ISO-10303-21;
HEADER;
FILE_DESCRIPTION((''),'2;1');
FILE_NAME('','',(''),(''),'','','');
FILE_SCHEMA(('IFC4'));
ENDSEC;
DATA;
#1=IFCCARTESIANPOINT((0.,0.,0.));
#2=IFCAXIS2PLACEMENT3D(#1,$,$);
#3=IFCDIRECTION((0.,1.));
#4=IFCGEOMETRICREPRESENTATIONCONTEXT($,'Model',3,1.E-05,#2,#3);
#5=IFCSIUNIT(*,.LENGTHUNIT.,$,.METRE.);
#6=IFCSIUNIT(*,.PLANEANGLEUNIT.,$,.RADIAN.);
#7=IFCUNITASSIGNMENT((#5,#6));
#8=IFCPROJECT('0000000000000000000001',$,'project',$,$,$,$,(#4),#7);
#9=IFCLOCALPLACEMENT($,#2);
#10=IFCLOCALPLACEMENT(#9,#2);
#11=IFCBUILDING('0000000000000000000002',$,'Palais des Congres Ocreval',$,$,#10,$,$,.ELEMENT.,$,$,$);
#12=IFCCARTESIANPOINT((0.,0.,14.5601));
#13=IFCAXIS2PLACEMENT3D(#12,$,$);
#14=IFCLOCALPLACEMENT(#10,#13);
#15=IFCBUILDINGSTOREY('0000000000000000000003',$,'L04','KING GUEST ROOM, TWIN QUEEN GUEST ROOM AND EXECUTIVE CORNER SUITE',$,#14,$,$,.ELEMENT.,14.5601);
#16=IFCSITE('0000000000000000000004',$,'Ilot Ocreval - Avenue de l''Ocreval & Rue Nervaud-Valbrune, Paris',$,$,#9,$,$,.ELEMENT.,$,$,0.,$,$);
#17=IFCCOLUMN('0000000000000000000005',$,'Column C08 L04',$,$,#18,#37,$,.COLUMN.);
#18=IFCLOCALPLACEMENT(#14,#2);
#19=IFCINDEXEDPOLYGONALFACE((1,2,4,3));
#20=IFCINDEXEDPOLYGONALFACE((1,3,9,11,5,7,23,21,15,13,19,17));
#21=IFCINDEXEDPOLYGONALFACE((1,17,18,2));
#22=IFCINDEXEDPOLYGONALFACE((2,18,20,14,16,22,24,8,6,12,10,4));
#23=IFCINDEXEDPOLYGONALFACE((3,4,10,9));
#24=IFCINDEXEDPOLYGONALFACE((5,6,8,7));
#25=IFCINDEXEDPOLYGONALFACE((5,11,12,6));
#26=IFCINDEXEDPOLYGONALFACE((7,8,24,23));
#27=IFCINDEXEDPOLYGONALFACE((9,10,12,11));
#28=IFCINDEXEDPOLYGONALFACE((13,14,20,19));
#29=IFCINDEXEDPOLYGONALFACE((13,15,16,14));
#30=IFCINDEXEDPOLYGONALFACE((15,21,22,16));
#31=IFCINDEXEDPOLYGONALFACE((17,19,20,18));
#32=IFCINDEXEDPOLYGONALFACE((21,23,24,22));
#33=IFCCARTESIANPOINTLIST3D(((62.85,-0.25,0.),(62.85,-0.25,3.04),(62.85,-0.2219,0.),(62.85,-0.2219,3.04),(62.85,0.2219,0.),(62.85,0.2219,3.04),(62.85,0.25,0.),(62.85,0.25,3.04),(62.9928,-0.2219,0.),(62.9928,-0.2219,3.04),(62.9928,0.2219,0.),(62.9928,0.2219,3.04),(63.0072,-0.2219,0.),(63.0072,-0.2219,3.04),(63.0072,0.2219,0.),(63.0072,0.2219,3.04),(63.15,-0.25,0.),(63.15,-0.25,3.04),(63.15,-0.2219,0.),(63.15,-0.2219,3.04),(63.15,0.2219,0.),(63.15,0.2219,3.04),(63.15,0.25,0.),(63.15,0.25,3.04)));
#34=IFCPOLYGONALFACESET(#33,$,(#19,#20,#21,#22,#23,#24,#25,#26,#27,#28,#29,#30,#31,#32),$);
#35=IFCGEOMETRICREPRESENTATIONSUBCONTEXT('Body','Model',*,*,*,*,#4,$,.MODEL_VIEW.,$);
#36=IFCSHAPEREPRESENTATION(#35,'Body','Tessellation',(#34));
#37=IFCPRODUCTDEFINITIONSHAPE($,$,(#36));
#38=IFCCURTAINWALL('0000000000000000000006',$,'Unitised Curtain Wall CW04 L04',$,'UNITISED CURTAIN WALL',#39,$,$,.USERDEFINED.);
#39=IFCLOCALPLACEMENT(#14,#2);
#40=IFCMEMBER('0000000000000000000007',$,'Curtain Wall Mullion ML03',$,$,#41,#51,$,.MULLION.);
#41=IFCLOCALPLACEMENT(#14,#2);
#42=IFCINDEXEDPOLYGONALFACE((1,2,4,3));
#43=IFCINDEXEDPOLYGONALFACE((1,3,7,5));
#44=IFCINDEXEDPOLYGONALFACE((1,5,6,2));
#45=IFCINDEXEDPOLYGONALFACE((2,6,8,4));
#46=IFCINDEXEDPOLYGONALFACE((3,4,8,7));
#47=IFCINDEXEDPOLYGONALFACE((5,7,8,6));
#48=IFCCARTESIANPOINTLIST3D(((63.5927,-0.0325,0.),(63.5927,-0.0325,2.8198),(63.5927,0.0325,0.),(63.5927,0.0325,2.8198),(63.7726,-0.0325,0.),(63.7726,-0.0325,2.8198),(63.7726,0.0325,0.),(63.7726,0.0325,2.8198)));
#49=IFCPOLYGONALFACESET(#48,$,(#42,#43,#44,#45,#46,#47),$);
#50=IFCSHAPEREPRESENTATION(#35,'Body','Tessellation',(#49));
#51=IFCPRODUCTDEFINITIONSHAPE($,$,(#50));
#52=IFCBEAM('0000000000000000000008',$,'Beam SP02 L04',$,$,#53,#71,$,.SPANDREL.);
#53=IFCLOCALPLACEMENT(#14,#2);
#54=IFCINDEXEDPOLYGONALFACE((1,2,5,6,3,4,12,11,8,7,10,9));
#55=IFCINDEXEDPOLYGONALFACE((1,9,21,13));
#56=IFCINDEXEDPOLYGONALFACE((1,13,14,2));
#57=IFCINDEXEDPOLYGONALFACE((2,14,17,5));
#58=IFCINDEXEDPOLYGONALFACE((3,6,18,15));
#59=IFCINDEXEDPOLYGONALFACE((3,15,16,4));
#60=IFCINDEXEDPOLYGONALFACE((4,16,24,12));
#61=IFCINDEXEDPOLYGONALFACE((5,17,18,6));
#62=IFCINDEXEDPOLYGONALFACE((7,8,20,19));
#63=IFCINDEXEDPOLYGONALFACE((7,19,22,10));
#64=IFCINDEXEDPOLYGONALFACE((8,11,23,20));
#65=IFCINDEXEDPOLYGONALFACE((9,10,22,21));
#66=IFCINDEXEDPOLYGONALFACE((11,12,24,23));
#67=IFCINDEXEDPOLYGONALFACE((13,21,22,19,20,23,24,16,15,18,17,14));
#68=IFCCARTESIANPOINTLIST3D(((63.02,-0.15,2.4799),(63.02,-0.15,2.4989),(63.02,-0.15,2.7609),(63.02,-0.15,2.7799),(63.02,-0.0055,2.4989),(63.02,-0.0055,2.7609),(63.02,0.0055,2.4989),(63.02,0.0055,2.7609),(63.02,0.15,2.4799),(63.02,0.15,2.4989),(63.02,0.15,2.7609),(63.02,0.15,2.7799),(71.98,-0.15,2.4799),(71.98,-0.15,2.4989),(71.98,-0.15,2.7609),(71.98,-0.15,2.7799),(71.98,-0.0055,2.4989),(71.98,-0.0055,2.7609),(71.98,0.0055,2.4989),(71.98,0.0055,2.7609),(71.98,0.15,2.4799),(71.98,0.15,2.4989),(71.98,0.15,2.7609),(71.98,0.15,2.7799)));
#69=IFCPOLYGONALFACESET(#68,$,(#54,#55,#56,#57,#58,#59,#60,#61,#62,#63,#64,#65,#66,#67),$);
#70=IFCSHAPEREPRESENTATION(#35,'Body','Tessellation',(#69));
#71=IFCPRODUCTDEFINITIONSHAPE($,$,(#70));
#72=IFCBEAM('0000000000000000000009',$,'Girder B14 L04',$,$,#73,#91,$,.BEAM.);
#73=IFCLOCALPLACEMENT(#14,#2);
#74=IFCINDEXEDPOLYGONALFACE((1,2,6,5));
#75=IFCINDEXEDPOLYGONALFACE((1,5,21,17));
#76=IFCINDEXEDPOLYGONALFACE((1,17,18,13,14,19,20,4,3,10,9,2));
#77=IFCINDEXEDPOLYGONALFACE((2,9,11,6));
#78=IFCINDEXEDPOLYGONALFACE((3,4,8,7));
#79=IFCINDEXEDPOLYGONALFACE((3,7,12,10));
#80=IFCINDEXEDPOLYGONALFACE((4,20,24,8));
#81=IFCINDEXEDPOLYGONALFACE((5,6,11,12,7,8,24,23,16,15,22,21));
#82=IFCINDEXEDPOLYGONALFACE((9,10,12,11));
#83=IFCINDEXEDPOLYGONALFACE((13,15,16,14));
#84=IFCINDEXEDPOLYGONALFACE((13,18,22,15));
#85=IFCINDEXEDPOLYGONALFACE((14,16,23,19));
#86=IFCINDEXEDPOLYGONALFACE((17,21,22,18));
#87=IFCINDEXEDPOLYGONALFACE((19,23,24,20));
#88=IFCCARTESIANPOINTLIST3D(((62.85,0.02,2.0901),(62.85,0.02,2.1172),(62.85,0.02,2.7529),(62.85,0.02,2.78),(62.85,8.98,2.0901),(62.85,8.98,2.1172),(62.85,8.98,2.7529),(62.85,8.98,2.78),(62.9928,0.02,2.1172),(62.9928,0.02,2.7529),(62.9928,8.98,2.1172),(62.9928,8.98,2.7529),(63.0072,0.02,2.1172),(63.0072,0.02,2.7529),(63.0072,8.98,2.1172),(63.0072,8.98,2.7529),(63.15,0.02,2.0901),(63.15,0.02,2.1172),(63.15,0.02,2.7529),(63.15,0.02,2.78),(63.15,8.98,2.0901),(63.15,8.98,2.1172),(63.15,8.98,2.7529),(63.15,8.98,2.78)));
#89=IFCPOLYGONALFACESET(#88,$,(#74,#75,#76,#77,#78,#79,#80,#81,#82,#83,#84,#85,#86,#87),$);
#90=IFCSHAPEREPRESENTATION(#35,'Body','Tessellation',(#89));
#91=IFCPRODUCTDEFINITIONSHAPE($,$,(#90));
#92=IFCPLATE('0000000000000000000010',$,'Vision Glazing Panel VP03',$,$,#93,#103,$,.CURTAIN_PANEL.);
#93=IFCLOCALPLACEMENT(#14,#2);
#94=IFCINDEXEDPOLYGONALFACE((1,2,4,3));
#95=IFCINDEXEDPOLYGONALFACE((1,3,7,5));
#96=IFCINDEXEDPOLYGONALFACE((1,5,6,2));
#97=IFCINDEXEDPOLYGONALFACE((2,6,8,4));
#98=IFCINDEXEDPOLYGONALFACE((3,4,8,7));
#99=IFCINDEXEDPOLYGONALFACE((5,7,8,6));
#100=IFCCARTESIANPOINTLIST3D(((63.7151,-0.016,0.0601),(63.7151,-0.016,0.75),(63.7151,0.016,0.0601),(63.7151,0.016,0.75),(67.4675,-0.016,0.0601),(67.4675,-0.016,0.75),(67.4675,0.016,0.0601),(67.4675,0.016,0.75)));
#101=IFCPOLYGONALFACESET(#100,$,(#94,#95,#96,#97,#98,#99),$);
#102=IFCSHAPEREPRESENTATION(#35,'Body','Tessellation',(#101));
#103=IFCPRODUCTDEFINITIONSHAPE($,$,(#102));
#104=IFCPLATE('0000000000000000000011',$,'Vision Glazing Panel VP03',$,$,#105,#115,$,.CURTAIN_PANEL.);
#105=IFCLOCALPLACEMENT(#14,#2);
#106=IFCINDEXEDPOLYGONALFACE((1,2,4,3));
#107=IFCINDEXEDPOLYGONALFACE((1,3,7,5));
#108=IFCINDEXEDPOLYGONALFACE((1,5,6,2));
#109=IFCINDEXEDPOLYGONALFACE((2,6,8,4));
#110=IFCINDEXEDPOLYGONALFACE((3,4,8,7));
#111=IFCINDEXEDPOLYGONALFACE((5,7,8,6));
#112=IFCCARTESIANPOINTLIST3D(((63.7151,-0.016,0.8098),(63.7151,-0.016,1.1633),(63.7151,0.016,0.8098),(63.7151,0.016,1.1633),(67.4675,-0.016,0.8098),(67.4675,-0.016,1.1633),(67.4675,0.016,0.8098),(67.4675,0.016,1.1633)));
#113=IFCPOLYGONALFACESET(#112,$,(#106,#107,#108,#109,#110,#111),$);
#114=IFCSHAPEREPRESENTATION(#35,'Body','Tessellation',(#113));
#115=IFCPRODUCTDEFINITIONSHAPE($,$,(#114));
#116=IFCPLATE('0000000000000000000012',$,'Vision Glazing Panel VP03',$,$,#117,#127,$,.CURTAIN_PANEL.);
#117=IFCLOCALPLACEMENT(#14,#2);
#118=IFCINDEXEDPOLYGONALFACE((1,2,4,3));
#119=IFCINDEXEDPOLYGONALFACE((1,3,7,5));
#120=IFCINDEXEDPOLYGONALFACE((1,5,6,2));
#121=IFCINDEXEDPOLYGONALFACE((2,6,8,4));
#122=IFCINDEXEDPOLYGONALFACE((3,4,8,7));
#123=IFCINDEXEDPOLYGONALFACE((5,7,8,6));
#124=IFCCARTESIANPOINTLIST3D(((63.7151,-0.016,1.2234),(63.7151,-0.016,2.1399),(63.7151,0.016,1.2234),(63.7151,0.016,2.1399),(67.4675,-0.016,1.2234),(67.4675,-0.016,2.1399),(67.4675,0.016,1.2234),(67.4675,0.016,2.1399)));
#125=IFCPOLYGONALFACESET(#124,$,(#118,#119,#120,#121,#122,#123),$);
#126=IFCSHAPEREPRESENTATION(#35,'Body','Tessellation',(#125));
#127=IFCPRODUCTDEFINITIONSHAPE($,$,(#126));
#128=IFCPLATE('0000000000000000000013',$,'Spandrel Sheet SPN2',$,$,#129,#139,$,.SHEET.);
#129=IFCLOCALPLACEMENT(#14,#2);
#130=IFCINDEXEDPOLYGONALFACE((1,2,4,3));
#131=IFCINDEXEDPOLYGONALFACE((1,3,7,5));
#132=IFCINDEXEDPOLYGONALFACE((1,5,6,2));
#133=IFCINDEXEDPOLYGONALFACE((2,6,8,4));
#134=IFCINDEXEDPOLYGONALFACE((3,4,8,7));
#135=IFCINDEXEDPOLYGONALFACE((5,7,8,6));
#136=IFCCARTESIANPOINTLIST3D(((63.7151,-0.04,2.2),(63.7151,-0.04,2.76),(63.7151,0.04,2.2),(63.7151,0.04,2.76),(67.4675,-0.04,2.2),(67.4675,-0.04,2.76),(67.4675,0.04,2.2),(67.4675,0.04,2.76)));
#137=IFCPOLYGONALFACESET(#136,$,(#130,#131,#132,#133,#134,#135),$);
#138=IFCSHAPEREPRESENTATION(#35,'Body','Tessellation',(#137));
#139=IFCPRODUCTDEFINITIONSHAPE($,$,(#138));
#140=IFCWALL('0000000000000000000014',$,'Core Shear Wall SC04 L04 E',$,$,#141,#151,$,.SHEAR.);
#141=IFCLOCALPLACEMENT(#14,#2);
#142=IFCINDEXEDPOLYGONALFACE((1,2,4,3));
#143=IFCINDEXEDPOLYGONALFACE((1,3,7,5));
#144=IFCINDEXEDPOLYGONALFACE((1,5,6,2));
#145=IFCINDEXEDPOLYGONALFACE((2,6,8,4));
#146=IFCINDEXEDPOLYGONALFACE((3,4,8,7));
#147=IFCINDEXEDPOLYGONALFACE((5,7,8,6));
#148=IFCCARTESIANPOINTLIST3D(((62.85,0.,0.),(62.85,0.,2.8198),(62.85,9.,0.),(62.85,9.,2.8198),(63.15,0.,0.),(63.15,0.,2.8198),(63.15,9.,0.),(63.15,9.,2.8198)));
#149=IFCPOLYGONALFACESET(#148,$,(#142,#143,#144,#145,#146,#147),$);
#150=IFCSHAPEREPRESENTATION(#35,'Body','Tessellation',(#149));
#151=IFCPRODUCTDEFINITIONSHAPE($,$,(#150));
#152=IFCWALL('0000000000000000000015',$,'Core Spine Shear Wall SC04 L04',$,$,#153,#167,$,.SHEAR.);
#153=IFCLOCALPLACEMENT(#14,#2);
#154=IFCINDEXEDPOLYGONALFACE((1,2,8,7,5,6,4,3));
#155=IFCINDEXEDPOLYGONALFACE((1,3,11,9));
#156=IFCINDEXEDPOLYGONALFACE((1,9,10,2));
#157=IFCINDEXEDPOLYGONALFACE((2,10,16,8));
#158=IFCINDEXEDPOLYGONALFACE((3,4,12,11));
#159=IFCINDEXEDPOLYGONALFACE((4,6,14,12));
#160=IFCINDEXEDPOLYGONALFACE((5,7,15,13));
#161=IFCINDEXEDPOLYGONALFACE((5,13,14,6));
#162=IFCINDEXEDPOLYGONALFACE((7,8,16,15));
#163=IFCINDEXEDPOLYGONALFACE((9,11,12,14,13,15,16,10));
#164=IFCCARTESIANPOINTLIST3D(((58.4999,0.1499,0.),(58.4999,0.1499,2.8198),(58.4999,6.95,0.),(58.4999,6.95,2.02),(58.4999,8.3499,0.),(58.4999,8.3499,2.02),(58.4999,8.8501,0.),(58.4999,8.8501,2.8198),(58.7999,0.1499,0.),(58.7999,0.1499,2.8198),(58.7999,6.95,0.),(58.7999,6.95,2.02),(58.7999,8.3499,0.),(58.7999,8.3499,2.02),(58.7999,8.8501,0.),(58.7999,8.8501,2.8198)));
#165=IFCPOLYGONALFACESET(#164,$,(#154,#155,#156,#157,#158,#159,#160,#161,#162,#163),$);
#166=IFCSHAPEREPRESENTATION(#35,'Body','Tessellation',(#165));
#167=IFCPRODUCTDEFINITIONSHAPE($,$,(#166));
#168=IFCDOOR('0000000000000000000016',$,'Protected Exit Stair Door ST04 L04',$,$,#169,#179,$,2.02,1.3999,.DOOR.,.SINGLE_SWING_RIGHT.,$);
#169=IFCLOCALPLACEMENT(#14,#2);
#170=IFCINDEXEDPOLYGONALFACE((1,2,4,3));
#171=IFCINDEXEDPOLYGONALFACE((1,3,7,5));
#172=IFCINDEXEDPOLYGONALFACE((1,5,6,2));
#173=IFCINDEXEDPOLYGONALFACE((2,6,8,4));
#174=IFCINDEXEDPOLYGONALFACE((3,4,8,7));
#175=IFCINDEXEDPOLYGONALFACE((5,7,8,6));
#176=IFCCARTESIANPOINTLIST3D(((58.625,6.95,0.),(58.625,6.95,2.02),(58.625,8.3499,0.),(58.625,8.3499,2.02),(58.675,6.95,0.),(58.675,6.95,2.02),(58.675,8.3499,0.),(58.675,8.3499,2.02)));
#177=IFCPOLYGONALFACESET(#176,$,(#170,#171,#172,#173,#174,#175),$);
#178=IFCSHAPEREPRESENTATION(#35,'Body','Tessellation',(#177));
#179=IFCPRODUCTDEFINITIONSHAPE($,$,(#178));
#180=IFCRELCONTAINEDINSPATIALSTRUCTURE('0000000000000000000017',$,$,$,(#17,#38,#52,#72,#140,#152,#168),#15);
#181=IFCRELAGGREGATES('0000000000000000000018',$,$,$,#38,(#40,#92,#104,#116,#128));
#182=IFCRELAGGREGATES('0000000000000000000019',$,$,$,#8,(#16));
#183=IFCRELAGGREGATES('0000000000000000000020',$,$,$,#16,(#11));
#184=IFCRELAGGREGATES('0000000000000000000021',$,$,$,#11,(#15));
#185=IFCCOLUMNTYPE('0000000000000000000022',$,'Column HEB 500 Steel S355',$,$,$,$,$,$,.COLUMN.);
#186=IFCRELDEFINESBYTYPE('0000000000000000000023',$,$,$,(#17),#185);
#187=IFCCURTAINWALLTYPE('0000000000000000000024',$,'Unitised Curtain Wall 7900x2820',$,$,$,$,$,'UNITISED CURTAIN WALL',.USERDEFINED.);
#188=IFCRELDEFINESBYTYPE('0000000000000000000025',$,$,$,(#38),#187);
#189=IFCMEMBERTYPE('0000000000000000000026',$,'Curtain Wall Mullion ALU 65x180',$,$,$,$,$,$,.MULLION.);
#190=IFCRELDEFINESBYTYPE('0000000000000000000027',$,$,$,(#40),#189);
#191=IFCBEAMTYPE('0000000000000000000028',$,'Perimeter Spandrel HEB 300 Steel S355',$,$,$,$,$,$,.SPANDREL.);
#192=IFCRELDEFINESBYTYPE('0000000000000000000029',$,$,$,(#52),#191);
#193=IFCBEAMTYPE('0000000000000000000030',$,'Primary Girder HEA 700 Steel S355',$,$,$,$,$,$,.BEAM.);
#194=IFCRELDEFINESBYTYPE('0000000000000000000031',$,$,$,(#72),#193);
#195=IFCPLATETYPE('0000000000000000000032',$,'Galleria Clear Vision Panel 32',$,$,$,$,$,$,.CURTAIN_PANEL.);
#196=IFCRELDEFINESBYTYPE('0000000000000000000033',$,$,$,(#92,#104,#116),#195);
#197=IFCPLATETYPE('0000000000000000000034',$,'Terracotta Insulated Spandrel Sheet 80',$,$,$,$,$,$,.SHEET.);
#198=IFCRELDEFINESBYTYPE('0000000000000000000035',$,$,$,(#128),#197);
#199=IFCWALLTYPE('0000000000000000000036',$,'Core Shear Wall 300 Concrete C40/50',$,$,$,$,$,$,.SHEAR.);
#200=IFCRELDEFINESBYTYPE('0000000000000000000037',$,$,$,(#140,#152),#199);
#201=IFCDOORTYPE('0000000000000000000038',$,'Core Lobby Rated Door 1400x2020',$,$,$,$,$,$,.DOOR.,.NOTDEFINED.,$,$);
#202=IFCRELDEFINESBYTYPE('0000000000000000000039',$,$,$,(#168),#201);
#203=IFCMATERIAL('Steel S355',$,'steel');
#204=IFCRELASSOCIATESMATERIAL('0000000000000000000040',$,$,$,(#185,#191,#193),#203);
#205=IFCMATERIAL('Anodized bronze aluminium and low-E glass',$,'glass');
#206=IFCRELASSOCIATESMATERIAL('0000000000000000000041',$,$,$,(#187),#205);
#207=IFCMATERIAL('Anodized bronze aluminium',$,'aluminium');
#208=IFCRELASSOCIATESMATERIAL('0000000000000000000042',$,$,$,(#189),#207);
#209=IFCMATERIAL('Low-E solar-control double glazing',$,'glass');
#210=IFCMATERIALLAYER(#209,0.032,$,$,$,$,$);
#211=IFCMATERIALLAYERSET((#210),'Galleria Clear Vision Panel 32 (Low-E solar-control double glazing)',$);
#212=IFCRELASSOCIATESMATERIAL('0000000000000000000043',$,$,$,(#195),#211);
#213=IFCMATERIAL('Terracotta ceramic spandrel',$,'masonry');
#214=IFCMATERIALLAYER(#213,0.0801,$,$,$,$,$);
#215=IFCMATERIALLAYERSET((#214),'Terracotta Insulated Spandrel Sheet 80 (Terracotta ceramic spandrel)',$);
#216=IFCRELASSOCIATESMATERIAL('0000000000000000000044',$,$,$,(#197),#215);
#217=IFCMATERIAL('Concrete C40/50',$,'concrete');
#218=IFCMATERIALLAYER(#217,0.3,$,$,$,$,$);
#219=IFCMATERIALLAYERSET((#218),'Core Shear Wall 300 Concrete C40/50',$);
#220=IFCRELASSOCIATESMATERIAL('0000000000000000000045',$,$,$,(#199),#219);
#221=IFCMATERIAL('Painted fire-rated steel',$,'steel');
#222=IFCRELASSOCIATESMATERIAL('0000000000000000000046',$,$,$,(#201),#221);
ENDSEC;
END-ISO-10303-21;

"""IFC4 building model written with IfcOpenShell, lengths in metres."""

from ifc_helpers import new_model, si_unit, direction, frame, frame_2d, origin, origin_2d, place, context, subcontext, project, spatial, rectangle, i_section, extrude, material, layer, layer_set, material_profile, profile_set, type_object, element, fill, aggregate, save


model = new_model("IFC4")

# Units and contexts
model_context = context("Model", 3, precision=1e-05, world=origin(), true_north=direction((0.0, 1.0)))
body_context = subcontext(model_context, "Body", "Model", "MODEL_VIEW")
ifc_project = project(units=[si_unit("LENGTHUNIT", "METRE"), si_unit("PLANEANGLEUNIT", "RADIAN")], contexts=[model_context])

# Site, building, storey
site_placement = place(None, origin())
site = spatial("IfcSite", under=ifc_project, at=site_placement, Name="Ilot Ocreval - Avenue de l'Ocreval & Rue Nervaud-Valbrune, Paris", CompositionType="ELEMENT", RefElevation=0.0)
building_placement = place(site_placement, origin())
building = spatial("IfcBuilding", under=site, at=building_placement, Name="Palais des Congres Ocreval", CompositionType="ELEMENT")
storey_placement = place(building_placement, frame((0.0, 0.0, 14.5601)))
storey = spatial("IfcBuildingStorey", under=building, at=storey_placement, Name="L04", Description="KING GUEST ROOM, TWIN QUEEN GUEST ROOM AND EXECUTIVE CORNER SUITE", CompositionType="ELEMENT", Elevation=14.5601)

# Column
ifc_material_1 = material(Name="Steel S355", Category="steel")
ifc_material_profile_1 = material_profile(ifc_material_1, i_section(OverallWidth=0.3, OverallDepth=0.5, WebThickness=0.0144, FlangeThickness=0.0281, at=origin_2d()), Name="HEB 500")
ifc_profile_set_1 = profile_set([ifc_material_profile_1], Name="Steel S355")
column_type = type_object("IfcColumnType", Name="Column HEB 500 Steel S355", PredefinedType="COLUMN", material=ifc_profile_set_1)
column_placement = place(storey_placement, frame((63.0, 0.0, 0.0), z_axis=(0.0, 0.0, 1.0), x_axis=(1.0, 0.0, 0.0)))
element("IfcColumn", 1, at=column_placement, inside=storey, type_object=column_type, Name="Column C08 L04", PredefinedType="COLUMN", context=body_context, shape_type="SweptSolid", body=[
    extrude(i_section(OverallWidth=0.3, OverallDepth=0.5, WebThickness=0.0144, FlangeThickness=0.0281, at=origin_2d()), origin(), (0.0, 0.0, 1.0), 3.04),
])

# Curtain wall, member
ifc_material_2 = material(Name="Anodized bronze aluminium and low-E glass", Category="glass")
curtain_wall_type = type_object("IfcCurtainWallType", Name="Unitised Curtain Wall 7900x2820", ElementType="UNITISED CURTAIN WALL", PredefinedType="USERDEFINED", material=ifc_material_2)
curtain_wall_placement = place(storey_placement, origin())
curtain_wall = element("IfcCurtainWall", 2, at=curtain_wall_placement, inside=storey, type_object=curtain_wall_type, Name="Unitised Curtain Wall CW04 L04", ObjectType="UNITISED CURTAIN WALL", PredefinedType="USERDEFINED")
ifc_material_3 = material(Name="Anodized bronze aluminium", Category="aluminium")
ifc_material_profile_2 = material_profile(ifc_material_3, rectangle(XDim=0.0649, YDim=0.1799, at=origin_2d()), Name="ALU 65x180")
ifc_profile_set_2 = profile_set([ifc_material_profile_2], Name="Anodized bronze aluminium")
member_type = type_object("IfcMemberType", Name="Curtain Wall Mullion ALU 65x180", PredefinedType="MULLION", material=ifc_profile_set_2)
member_placement = place(storey_placement, frame((63.6826, 0.0, 0.0), z_axis=(0.0, 0.0, 1.0), x_axis=(0.0, -1.0, 0.0)))
member = element("IfcMember", 3, at=member_placement, type_object=member_type, Name="Curtain Wall Mullion ML03", PredefinedType="MULLION", context=body_context, shape_type="SweptSolid", body=[
    extrude(rectangle(XDim=0.0649, YDim=0.1799, at=origin_2d()), origin(), (0.0, 0.0, 1.0), 2.8198),
])

# Beams
ifc_material_profile_3 = material_profile(ifc_material_1, i_section(OverallWidth=0.3, OverallDepth=0.3, WebThickness=0.011, FlangeThickness=0.019, at=origin_2d()), Name="HEB 300")
ifc_profile_set_3 = profile_set([ifc_material_profile_3], Name="Steel S355")
beam_type_1 = type_object("IfcBeamType", Name="Perimeter Spandrel HEB 300 Steel S355", PredefinedType="SPANDREL", material=ifc_profile_set_3)
beam_1_placement = place(storey_placement, frame((63.02, 0.0, 2.6299), z_axis=(1.0, 0.0, 0.0), x_axis=(0.0, 1.0, 0.0)))
element("IfcBeam", 4, at=beam_1_placement, inside=storey, type_object=beam_type_1, Name="Beam SP02 L04", PredefinedType="SPANDREL", context=body_context, shape_type="SweptSolid", body=[
    extrude(i_section(OverallWidth=0.3, OverallDepth=0.3, WebThickness=0.011, FlangeThickness=0.019, at=origin_2d()), origin(), (0.0, 0.0, 1.0), 8.96),
])
ifc_material_profile_4 = material_profile(ifc_material_1, i_section(OverallWidth=0.3, OverallDepth=0.6899, WebThickness=0.0144, FlangeThickness=0.0271, at=origin_2d()), Name="HEA 700")
ifc_profile_set_4 = profile_set([ifc_material_profile_4], Name="Steel S355")
beam_type_2 = type_object("IfcBeamType", Name="Primary Girder HEA 700 Steel S355", PredefinedType="BEAM", material=ifc_profile_set_4)
beam_2_placement = place(storey_placement, frame((63.0, 0.02, 2.4351), z_axis=(0.0, 1.0, 0.0), x_axis=(-1.0, 0.0, 0.0)))
element("IfcBeam", 5, at=beam_2_placement, inside=storey, type_object=beam_type_2, Name="Girder B14 L04", PredefinedType="BEAM", context=body_context, shape_type="SweptSolid", body=[
    extrude(i_section(OverallWidth=0.3, OverallDepth=0.6899, WebThickness=0.0144, FlangeThickness=0.0271, at=origin_2d()), origin(), (0.0, 0.0, 1.0), 8.96),
])

# Plates
ifc_material_4 = material(Name="Low-E solar-control double glazing", Category="glass")
ifc_layer_1 = layer(ifc_material_4, 0.032)
ifc_layer_set_1 = layer_set([ifc_layer_1], Name="Galleria Clear Vision Panel 32 (Low-E solar-control double glazing)")
plate_type_1 = type_object("IfcPlateType", Name="Galleria Clear Vision Panel 32", PredefinedType="CURTAIN_PANEL", material=ifc_layer_set_1)
plate_1_placement = place(storey_placement, frame((65.5913, 0.0, 0.0601), z_axis=(0.0, 0.0, 1.0), x_axis=(-1.0, 0.0, 0.0)))
plate_1 = element("IfcPlate", 6, at=plate_1_placement, type_object=plate_type_1, Name="Vision Glazing Panel VP03", PredefinedType="CURTAIN_PANEL", context=body_context, shape_type="SweptSolid", body=[
    extrude(rectangle(XDim=3.7524, YDim=0.032, at=origin_2d()), origin(), (0.0, 0.0, 1.0), 0.6899),
])
plate_2_placement = place(storey_placement, frame((65.5913, 0.0, 0.8098), z_axis=(0.0, 0.0, 1.0), x_axis=(-1.0, 0.0, 0.0)))
plate_2 = element("IfcPlate", 7, at=plate_2_placement, type_object=plate_type_1, Name="Vision Glazing Panel VP03", PredefinedType="CURTAIN_PANEL", context=body_context, shape_type="SweptSolid", body=[
    extrude(rectangle(XDim=3.7524, YDim=0.032, at=origin_2d()), origin(), (0.0, 0.0, 1.0), 0.3535),
])
plate_3_placement = place(storey_placement, frame((65.5913, 0.0, 1.2234), z_axis=(0.0, 0.0, 1.0), x_axis=(-1.0, 0.0, 0.0)))
plate_3 = element("IfcPlate", 8, at=plate_3_placement, type_object=plate_type_1, Name="Vision Glazing Panel VP03", PredefinedType="CURTAIN_PANEL", context=body_context, shape_type="SweptSolid", body=[
    extrude(rectangle(XDim=3.7524, YDim=0.032, at=origin_2d()), origin(), (0.0, 0.0, 1.0), 0.9165),
])
ifc_material_5 = material(Name="Terracotta ceramic spandrel", Category="masonry")
ifc_layer_2 = layer(ifc_material_5, 0.0801)
ifc_layer_set_2 = layer_set([ifc_layer_2], Name="Terracotta Insulated Spandrel Sheet 80 (Terracotta ceramic spandrel)")
plate_type_2 = type_object("IfcPlateType", Name="Terracotta Insulated Spandrel Sheet 80", PredefinedType="SHEET", material=ifc_layer_set_2)
plate_4_placement = place(storey_placement, frame((65.5913, 0.0, 2.2), z_axis=(0.0, 0.0, 1.0), x_axis=(-1.0, 0.0, 0.0)))
plate_4 = element("IfcPlate", 9, at=plate_4_placement, type_object=plate_type_2, Name="Spandrel Sheet SPN2", PredefinedType="SHEET", context=body_context, shape_type="SweptSolid", body=[
    extrude(rectangle(XDim=3.7524, YDim=0.0801, at=origin_2d()), origin(), (0.0, 0.0, 1.0), 0.5601),
])
aggregate(curtain_wall, [member, plate_1, plate_2, plate_3, plate_4])

# Wall
ifc_material_6 = material(Name="Concrete C40/50", Category="concrete")
ifc_layer_3 = layer(ifc_material_6, 0.3)
ifc_layer_set_3 = layer_set([ifc_layer_3], Name="Core Shear Wall 300 Concrete C40/50")
wall_type_1 = type_object("IfcWallType", Name="Core Shear Wall 300 Concrete C40/50", PredefinedType="SHEAR", material=ifc_layer_set_3)
wall_1_placement = place(storey_placement, frame((63.0, 0.0, 0.0), z_axis=(0.0, 0.0, 1.0), x_axis=(0.0, 1.0, 0.0)))
element("IfcWall", 10, at=wall_1_placement, inside=storey, type_object=wall_type_1, Name="Core Shear Wall SC04 L04 E", PredefinedType="SHEAR", context=body_context, shape_type="SweptSolid", body=[
    extrude(rectangle(XDim=9.0, YDim=0.3, at=frame_2d((4.5, 0.0))), origin(), (0.0, 0.0, 1.0), 2.8198),
])

# Wall, opening, door
wall_2_placement = place(storey_placement, frame((58.6499, 0.1499, 0.0), z_axis=(0.0, 0.0, 1.0), x_axis=(0.0, 1.0, 0.0)))
wall_2 = element("IfcWall", 11, at=wall_2_placement, inside=storey, type_object=wall_type_1, Name="Core Spine Shear Wall SC04 L04", PredefinedType="SHEAR", context=body_context, shape_type="SweptSolid", body=[
    extrude(rectangle(XDim=8.7002, YDim=0.3, at=frame_2d((4.3501, 0.0))), origin(), (0.0, 0.0, 1.0), 2.8198),
])
opening_placement = place(wall_2_placement, frame((6.8, 0.0, 0.0)))
opening = element("IfcOpeningElement", 12, at=opening_placement, cuts=wall_2, PredefinedType="OPENING", context=body_context, shape_type="SweptSolid", body=[
    extrude(rectangle(XDim=1.3999, YDim=2.02, at=frame_2d((0.7, 1.01))), frame((0.0, 0.1599, 0.0), z_axis=(0.0, -1.0, 0.0), x_axis=(1.0, 0.0, 0.0)), (0.0, 0.0, 1.0), 0.3201),
])
ifc_material_7 = material(Name="Painted fire-rated steel", Category="steel")
door_type = type_object("IfcDoorType", Name="Core Lobby Rated Door 1400x2020", OperationType="NOTDEFINED", PredefinedType="DOOR", material=ifc_material_7)
door_placement = place(opening_placement, origin())
door = element("IfcDoor", 13, at=door_placement, inside=storey, type_object=door_type, Name="Protected Exit Stair Door ST04 L04", OperationType="SINGLE_SWING_RIGHT", OverallHeight=2.02, OverallWidth=1.3999, PredefinedType="DOOR", context=body_context, shape_type="SweptSolid", body=[
    extrude(rectangle(XDim=1.3999, YDim=2.02, at=frame_2d((0.7, 1.01))), frame((0.0, 0.0249, 0.0), z_axis=(0.0, -1.0, 0.0), x_axis=(1.0, 0.0, 0.0)), (0.0, 0.0, 1.0), 0.05),
])
fill(opening, door)

save(model, "model.ifc")
